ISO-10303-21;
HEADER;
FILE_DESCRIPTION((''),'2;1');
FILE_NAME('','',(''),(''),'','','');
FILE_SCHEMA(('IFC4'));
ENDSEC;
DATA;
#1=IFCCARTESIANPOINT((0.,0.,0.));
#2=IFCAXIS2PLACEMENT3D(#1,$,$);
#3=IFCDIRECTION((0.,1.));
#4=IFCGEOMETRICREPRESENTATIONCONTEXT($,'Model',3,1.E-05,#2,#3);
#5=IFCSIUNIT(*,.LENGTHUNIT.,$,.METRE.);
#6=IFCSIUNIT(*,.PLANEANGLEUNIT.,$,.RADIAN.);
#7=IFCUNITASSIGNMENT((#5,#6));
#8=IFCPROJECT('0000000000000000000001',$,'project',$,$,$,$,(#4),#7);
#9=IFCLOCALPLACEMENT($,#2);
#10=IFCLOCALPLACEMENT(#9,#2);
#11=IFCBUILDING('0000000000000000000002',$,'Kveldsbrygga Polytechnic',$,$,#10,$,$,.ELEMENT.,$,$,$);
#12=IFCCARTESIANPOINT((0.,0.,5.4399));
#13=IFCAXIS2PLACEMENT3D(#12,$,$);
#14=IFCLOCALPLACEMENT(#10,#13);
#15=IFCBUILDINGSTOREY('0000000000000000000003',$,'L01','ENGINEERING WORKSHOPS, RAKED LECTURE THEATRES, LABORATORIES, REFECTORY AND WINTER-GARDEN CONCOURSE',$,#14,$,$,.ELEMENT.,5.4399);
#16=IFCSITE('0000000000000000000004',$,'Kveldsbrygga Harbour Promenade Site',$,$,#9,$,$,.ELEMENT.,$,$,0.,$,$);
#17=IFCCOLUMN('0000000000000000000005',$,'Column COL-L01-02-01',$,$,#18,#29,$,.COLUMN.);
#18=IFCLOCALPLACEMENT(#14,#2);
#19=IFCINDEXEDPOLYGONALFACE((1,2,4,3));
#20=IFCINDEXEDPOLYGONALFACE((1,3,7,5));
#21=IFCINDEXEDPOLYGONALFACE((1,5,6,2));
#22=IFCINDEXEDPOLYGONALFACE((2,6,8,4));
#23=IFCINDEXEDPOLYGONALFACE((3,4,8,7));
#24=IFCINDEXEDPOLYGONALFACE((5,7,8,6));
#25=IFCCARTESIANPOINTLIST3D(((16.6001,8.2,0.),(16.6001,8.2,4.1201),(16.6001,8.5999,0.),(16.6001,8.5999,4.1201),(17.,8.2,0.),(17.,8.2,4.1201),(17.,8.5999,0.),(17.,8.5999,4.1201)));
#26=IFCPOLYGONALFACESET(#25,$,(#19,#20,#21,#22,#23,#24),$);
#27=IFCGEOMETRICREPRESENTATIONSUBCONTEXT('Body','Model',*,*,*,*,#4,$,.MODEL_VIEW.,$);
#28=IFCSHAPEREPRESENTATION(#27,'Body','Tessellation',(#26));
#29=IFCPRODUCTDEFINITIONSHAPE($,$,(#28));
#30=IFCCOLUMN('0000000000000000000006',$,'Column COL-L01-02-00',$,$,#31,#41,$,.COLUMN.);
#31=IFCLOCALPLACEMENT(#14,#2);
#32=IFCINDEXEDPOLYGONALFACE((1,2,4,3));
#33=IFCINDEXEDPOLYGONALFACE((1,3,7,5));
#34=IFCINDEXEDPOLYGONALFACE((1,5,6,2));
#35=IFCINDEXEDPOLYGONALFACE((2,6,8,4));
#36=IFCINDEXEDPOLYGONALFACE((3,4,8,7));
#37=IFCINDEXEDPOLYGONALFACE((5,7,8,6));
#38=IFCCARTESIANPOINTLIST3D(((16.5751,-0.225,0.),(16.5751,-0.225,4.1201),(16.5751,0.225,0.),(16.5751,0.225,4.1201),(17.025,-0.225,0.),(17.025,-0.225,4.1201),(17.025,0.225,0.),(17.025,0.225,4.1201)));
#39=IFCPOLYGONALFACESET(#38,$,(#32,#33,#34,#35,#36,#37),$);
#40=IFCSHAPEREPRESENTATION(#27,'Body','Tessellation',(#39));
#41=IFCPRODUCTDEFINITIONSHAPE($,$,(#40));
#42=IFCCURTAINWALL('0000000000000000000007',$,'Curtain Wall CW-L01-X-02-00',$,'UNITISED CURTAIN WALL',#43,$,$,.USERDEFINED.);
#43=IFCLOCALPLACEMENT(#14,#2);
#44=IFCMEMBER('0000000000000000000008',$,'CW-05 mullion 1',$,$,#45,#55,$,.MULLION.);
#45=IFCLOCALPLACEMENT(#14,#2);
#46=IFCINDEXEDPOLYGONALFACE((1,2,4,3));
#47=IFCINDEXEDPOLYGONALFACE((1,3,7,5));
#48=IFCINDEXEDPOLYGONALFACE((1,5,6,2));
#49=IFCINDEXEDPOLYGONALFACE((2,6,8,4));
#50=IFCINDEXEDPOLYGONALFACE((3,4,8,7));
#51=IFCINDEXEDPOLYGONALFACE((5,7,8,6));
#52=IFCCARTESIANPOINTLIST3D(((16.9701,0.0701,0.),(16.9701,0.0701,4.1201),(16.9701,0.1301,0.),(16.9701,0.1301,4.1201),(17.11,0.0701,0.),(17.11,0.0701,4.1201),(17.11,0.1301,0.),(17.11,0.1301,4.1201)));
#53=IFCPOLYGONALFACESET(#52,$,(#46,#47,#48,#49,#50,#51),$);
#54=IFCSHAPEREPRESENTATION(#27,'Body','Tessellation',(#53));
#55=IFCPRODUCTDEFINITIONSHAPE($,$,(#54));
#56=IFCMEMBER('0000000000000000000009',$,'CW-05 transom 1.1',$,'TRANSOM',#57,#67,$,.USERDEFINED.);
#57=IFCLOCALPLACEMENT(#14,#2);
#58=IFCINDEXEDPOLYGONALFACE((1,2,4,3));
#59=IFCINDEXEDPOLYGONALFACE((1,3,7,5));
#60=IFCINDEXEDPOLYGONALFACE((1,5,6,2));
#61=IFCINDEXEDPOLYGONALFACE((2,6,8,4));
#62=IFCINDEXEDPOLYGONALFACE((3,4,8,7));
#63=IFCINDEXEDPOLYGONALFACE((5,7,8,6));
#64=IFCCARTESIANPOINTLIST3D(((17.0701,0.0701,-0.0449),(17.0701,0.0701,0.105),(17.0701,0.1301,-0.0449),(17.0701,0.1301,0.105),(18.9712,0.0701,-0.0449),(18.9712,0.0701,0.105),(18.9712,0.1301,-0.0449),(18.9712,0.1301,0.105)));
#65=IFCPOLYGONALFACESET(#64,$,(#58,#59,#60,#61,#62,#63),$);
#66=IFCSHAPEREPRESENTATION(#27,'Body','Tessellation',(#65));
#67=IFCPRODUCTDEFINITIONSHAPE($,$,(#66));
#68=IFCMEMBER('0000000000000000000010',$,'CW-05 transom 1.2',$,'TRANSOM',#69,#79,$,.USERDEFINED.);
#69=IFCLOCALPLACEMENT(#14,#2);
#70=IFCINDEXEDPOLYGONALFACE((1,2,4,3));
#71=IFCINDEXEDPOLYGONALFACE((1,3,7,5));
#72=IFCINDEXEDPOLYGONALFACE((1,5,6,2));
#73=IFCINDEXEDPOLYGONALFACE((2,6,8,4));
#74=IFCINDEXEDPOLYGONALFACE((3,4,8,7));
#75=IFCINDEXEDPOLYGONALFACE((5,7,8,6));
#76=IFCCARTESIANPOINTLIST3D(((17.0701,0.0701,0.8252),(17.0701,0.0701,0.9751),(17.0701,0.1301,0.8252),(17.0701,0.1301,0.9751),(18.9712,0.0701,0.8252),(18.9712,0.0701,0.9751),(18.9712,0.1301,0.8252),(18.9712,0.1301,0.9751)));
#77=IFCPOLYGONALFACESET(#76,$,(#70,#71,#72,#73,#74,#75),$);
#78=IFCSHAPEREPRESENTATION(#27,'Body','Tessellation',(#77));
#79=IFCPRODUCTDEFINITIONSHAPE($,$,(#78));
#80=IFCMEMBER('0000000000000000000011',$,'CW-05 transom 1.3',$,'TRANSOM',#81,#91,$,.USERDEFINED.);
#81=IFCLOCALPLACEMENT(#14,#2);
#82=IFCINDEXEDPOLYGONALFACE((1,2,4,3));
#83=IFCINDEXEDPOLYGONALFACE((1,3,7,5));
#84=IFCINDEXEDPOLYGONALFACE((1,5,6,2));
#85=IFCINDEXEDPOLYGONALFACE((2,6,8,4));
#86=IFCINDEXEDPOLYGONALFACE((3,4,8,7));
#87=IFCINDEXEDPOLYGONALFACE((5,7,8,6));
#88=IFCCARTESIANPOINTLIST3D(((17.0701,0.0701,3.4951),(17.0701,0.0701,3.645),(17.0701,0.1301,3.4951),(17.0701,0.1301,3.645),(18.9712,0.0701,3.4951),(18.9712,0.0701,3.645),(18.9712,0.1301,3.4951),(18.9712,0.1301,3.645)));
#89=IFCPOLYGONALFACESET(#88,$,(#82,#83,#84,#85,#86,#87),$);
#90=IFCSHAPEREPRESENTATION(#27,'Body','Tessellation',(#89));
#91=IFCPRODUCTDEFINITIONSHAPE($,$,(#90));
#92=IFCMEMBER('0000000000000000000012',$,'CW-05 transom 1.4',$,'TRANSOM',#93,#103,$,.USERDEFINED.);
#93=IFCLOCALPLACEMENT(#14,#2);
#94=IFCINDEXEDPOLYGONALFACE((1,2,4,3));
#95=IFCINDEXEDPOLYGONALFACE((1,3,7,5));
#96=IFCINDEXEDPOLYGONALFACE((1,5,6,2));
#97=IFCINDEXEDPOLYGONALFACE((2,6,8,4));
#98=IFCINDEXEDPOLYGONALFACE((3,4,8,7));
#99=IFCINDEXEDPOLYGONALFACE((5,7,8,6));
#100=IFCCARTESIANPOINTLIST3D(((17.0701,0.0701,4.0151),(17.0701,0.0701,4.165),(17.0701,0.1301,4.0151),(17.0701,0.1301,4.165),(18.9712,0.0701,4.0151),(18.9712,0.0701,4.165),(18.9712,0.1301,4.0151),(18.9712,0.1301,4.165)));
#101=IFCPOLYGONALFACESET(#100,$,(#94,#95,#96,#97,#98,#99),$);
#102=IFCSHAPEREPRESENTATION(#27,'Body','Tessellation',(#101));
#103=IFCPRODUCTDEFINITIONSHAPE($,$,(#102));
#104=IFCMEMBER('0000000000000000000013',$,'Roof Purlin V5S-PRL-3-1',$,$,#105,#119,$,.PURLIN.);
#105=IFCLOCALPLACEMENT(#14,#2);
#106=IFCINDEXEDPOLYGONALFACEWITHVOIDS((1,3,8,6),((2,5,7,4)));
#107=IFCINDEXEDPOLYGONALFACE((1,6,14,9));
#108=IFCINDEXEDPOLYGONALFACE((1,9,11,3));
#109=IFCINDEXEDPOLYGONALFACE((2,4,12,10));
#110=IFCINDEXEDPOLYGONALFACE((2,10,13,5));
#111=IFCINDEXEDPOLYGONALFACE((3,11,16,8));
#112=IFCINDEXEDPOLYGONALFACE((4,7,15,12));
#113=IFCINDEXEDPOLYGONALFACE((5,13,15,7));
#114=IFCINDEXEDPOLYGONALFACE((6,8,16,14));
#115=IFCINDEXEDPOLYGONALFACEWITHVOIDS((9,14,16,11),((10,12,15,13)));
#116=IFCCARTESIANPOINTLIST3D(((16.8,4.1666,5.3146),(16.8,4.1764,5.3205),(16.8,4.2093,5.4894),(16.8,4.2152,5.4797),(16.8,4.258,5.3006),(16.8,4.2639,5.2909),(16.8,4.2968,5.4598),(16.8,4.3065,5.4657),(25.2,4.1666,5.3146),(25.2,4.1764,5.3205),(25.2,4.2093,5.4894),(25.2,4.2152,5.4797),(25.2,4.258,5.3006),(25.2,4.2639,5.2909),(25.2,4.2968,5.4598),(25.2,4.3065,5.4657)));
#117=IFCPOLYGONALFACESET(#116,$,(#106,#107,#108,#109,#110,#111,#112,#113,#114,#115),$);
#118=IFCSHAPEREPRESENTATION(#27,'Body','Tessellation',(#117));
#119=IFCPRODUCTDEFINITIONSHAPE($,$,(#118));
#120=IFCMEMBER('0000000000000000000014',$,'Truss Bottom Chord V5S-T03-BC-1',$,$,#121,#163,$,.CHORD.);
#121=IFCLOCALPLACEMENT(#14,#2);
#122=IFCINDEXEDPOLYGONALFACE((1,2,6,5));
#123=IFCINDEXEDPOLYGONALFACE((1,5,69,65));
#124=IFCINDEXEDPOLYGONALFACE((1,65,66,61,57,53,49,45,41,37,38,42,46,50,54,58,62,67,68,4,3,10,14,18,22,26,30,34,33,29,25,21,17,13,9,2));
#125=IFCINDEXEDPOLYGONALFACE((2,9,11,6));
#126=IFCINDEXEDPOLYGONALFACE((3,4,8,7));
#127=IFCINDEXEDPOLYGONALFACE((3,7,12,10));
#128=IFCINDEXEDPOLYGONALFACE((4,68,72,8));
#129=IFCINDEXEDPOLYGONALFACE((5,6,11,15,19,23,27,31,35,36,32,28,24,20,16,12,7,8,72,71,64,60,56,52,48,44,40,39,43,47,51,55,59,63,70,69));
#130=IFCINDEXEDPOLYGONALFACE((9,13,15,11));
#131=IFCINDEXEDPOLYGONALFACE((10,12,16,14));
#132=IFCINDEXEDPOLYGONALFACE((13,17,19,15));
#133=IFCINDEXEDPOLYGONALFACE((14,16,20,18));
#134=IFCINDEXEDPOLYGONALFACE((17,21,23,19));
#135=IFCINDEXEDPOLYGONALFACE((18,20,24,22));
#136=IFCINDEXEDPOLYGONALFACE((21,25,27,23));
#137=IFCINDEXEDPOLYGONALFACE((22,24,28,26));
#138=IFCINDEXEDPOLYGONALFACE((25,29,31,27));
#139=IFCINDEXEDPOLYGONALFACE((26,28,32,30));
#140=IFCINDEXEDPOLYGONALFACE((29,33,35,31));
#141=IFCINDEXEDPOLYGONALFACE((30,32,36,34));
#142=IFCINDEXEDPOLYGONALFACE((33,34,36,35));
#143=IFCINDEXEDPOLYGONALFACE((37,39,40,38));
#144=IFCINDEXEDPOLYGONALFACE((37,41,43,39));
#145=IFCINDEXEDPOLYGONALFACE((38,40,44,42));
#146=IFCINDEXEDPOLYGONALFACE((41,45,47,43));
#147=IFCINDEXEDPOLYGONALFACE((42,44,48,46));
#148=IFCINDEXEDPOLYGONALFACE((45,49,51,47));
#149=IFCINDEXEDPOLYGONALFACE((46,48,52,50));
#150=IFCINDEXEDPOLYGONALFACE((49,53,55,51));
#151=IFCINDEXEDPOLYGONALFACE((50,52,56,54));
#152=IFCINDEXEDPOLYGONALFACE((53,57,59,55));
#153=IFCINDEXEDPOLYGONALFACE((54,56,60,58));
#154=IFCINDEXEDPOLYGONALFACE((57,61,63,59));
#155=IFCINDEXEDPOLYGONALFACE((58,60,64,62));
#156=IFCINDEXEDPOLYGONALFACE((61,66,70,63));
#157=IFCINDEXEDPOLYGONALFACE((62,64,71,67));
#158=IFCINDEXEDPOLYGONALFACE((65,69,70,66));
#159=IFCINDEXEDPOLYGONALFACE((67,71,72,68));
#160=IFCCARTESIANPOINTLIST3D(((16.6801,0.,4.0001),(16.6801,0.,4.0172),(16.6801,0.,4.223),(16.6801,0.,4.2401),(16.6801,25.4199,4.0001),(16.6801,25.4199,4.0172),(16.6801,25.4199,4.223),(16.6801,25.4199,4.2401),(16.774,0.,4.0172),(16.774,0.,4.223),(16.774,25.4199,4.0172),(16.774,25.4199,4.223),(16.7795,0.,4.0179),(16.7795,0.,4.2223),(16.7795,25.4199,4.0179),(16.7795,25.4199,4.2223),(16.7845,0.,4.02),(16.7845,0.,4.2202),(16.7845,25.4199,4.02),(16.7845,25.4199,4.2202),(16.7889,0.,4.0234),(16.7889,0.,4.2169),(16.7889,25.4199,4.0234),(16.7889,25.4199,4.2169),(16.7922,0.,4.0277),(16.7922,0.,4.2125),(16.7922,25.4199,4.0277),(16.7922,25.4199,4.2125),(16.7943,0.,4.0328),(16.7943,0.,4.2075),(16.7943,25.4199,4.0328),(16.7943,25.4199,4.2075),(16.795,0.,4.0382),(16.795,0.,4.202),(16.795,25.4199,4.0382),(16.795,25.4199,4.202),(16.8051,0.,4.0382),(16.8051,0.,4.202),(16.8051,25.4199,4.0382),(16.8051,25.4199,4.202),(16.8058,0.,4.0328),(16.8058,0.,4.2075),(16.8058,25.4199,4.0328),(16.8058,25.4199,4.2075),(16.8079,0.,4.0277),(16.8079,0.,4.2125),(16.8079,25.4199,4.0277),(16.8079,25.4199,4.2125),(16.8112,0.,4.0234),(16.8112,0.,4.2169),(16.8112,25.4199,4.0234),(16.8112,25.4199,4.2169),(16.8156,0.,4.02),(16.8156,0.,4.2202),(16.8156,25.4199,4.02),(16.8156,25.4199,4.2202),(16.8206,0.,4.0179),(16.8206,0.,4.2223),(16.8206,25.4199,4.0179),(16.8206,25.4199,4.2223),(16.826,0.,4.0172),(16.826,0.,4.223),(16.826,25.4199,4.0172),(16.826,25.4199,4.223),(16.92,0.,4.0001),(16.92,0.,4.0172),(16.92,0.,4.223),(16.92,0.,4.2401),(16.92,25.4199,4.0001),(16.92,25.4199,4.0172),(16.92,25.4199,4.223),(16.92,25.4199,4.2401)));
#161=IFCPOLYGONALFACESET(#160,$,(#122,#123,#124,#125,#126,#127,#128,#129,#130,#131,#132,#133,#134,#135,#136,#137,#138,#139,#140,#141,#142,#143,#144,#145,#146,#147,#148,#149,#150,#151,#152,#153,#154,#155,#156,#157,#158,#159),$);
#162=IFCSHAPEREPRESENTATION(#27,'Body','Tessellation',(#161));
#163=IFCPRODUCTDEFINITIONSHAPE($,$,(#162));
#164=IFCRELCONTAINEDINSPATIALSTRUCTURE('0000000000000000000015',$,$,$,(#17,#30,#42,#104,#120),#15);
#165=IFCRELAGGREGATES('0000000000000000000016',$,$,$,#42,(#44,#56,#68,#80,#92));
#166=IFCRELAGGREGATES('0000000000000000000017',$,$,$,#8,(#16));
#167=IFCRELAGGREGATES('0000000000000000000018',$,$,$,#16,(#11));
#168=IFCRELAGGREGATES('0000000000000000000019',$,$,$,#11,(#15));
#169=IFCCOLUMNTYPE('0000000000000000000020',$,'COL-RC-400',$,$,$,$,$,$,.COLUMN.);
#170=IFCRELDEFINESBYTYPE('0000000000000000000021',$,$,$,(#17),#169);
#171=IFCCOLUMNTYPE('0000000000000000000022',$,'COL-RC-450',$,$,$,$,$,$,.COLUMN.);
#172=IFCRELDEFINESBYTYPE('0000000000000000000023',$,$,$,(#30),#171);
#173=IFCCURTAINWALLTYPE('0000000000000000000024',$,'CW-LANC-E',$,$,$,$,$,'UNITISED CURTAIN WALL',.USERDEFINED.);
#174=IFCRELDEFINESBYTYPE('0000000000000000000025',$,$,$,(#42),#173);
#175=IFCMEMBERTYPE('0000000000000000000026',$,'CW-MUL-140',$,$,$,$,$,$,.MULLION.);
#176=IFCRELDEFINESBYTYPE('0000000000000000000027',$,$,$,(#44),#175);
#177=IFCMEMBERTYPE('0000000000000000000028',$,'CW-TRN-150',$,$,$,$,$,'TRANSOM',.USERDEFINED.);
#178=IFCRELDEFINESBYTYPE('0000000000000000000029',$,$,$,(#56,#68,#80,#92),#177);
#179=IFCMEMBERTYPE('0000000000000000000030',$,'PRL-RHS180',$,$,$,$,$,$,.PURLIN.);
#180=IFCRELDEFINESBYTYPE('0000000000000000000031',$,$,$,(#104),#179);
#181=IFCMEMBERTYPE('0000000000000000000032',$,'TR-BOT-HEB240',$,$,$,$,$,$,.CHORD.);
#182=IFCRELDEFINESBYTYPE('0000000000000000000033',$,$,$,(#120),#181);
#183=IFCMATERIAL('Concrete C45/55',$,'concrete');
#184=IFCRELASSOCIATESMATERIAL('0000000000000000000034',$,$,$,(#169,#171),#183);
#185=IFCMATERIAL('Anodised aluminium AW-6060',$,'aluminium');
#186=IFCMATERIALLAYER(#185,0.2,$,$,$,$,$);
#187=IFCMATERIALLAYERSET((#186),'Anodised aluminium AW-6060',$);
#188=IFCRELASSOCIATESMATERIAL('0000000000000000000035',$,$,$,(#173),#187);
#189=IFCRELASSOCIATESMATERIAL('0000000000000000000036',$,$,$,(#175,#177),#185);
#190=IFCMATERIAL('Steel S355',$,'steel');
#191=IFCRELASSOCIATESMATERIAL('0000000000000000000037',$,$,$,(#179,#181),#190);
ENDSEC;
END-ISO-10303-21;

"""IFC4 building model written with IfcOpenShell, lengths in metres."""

from ifc_helpers import new_model, si_unit, direction, frame, origin, origin_2d, place, context, subcontext, project, spatial, rectangle, hollow_rectangle, i_section, extrude, material, layer, layer_set, material_profile, profile_set, type_object, element, aggregate, save


model = new_model("IFC4")

# Units and contexts
model_context = context("Model", 3, precision=1e-05, world=origin(), true_north=direction((0.0, 1.0)))
body_context = subcontext(model_context, "Body", "Model", "MODEL_VIEW")
ifc_project = project(units=[si_unit("LENGTHUNIT", "METRE"), si_unit("PLANEANGLEUNIT", "RADIAN")], contexts=[model_context])

# Site, building, storey
site_placement = place(None, origin())
site = spatial("IfcSite", under=ifc_project, at=site_placement, Name="Kveldsbrygga Harbour Promenade Site", CompositionType="ELEMENT", RefElevation=0.0)
building_placement = place(site_placement, origin())
building = spatial("IfcBuilding", under=site, at=building_placement, Name="Kveldsbrygga Polytechnic", CompositionType="ELEMENT")
storey_placement = place(building_placement, frame((0.0, 0.0, 5.4399)))
storey = spatial("IfcBuildingStorey", under=building, at=storey_placement, Name="L01", Description="ENGINEERING WORKSHOPS, RAKED LECTURE THEATRES, LABORATORIES, REFECTORY AND WINTER-GARDEN CONCOURSE", CompositionType="ELEMENT", Elevation=5.4399)

# Columns
ifc_material_1 = material(Name="Concrete C45/55", Category="concrete")
ifc_material_profile_1 = material_profile(ifc_material_1, rectangle(XDim=0.3999, YDim=0.3999, at=origin_2d()), Name="RC 400x400")
ifc_profile_set_1 = profile_set([ifc_material_profile_1], Name="Concrete C45/55")
column_type_1 = type_object("IfcColumnType", Name="COL-RC-400", PredefinedType="COLUMN", material=ifc_profile_set_1)
column_1_placement = place(storey_placement, frame((16.8, 8.3999, 0.0), z_axis=(0.0, 0.0, 1.0), x_axis=(1.0, 0.0, 0.0)))
element("IfcColumn", 1, at=column_1_placement, inside=storey, type_object=column_type_1, Name="Column COL-L01-02-01", PredefinedType="COLUMN", context=body_context, shape_type="SweptSolid", body=[
    extrude(rectangle(XDim=0.3999, YDim=0.3999, at=origin_2d()), origin(), (0.0, 0.0, 1.0), 4.1201),
])
ifc_material_profile_2 = material_profile(ifc_material_1, rectangle(XDim=0.45, YDim=0.45, at=origin_2d()), Name="RC 450x450")
ifc_profile_set_2 = profile_set([ifc_material_profile_2], Name="Concrete C45/55")
column_type_2 = type_object("IfcColumnType", Name="COL-RC-450", PredefinedType="COLUMN", material=ifc_profile_set_2)
column_2_placement = place(storey_placement, frame((16.8, 0.0, 0.0), z_axis=(0.0, 0.0, 1.0), x_axis=(1.0, 0.0, 0.0)))
element("IfcColumn", 2, at=column_2_placement, inside=storey, type_object=column_type_2, Name="Column COL-L01-02-00", PredefinedType="COLUMN", context=body_context, shape_type="SweptSolid", body=[
    extrude(rectangle(XDim=0.45, YDim=0.45, at=origin_2d()), origin(), (0.0, 0.0, 1.0), 4.1201),
])

# Curtain wall, members
ifc_material_2 = material(Name="Anodised aluminium AW-6060", Category="aluminium")
ifc_layer_1 = layer(ifc_material_2, 0.2)
ifc_layer_set_1 = layer_set([ifc_layer_1], Name="Anodised aluminium AW-6060")
curtain_wall_type = type_object("IfcCurtainWallType", Name="CW-LANC-E", ElementType="UNITISED CURTAIN WALL", PredefinedType="USERDEFINED", material=ifc_layer_set_1)
curtain_wall_placement = place(storey_placement, origin())
curtain_wall = element("IfcCurtainWall", 3, at=curtain_wall_placement, inside=storey, type_object=curtain_wall_type, Name="Curtain Wall CW-L01-X-02-00", ObjectType="UNITISED CURTAIN WALL", PredefinedType="USERDEFINED")
ifc_material_profile_3 = material_profile(ifc_material_2, rectangle(XDim=0.0601, YDim=0.1399, at=origin_2d()), Name="ALU 60x140")
ifc_profile_set_3 = profile_set([ifc_material_profile_3], Name="Anodised aluminium AW-6060")
member_type_1 = type_object("IfcMemberType", Name="CW-MUL-140", PredefinedType="MULLION", material=ifc_profile_set_3)
member_1_placement = place(storey_placement, frame((17.04, 0.1001, 0.0), z_axis=(0.0, 0.0, 1.0), x_axis=(0.0, 1.0, 0.0)))
member_1 = element("IfcMember", 4, at=member_1_placement, type_object=member_type_1, Name="CW-05 mullion 1", PredefinedType="MULLION", context=body_context, shape_type="SweptSolid", body=[
    extrude(rectangle(XDim=0.0601, YDim=0.1399, at=origin_2d()), origin(), (0.0, 0.0, 1.0), 4.1201),
])
ifc_material_profile_4 = material_profile(ifc_material_2, rectangle(XDim=0.0601, YDim=0.1499, at=origin_2d()), Name="ALU 60x150")
ifc_profile_set_4 = profile_set([ifc_material_profile_4], Name="Anodised aluminium AW-6060")
member_type_2 = type_object("IfcMemberType", Name="CW-TRN-150", ElementType="TRANSOM", PredefinedType="USERDEFINED", material=ifc_profile_set_4)
member_2_placement = place(storey_placement, frame((17.0701, 0.1001, 0.03), z_axis=(1.0, 0.0, 0.0), x_axis=(0.0, 1.0, 0.0)))
member_2 = element("IfcMember", 5, at=member_2_placement, type_object=member_type_2, Name="CW-05 transom 1.1", ObjectType="TRANSOM", PredefinedType="USERDEFINED", context=body_context, shape_type="SweptSolid", body=[
    extrude(rectangle(XDim=0.0601, YDim=0.1499, at=origin_2d()), origin(), (0.0, 0.0, 1.0), 1.9011),
])
member_3_placement = place(storey_placement, frame((17.0701, 0.1001, 0.9001), z_axis=(1.0, 0.0, 0.0), x_axis=(0.0, 1.0, 0.0)))
member_3 = element("IfcMember", 6, at=member_3_placement, type_object=member_type_2, Name="CW-05 transom 1.2", ObjectType="TRANSOM", PredefinedType="USERDEFINED", context=body_context, shape_type="SweptSolid", body=[
    extrude(rectangle(XDim=0.0601, YDim=0.1499, at=origin_2d()), origin(), (0.0, 0.0, 1.0), 1.9011),
])
member_4_placement = place(storey_placement, frame((17.0701, 0.1001, 3.5701), z_axis=(1.0, 0.0, 0.0), x_axis=(0.0, 1.0, 0.0)))
member_4 = element("IfcMember", 7, at=member_4_placement, type_object=member_type_2, Name="CW-05 transom 1.3", ObjectType="TRANSOM", PredefinedType="USERDEFINED", context=body_context, shape_type="SweptSolid", body=[
    extrude(rectangle(XDim=0.0601, YDim=0.1499, at=origin_2d()), origin(), (0.0, 0.0, 1.0), 1.9011),
])
member_5_placement = place(storey_placement, frame((17.0701, 0.1001, 4.0901), z_axis=(1.0, 0.0, 0.0), x_axis=(0.0, 1.0, 0.0)))
member_5 = element("IfcMember", 8, at=member_5_placement, type_object=member_type_2, Name="CW-05 transom 1.4", ObjectType="TRANSOM", PredefinedType="USERDEFINED", context=body_context, shape_type="SweptSolid", body=[
    extrude(rectangle(XDim=0.0601, YDim=0.1499, at=origin_2d()), origin(), (0.0, 0.0, 1.0), 1.9011),
])

# Members
ifc_material_3 = material(Name="Steel S355", Category="steel")
ifc_material_profile_5 = material_profile(ifc_material_3, hollow_rectangle(XDim=0.1001, YDim=0.1799, WallThickness=0.0081, at=origin_2d()), Name="RHS 180x100x8.0")
ifc_profile_set_5 = profile_set([ifc_material_profile_5], Name="Steel S355")
member_type_3 = type_object("IfcMemberType", Name="PRL-RHS180", PredefinedType="PURLIN", material=ifc_profile_set_5)
member_6_placement = place(storey_placement, frame((16.8, 4.2366, 5.3901), z_axis=(1.0, 0.0, 0.0), x_axis=(0.0, 0.97152, -0.236957)))
element("IfcMember", 9, at=member_6_placement, inside=storey, type_object=member_type_3, Name="Roof Purlin V5S-PRL-3-1", PredefinedType="PURLIN", context=body_context, shape_type="SweptSolid", body=[
    extrude(hollow_rectangle(XDim=0.1001, YDim=0.1799, WallThickness=0.0081, at=origin_2d()), origin(), (0.0, 0.0, 1.0), 8.3999),
])
ifc_material_profile_6 = material_profile(ifc_material_3, i_section(OverallWidth=0.24, OverallDepth=0.24, WebThickness=0.01, FlangeThickness=0.0171, FilletRadius=0.021, at=origin_2d()), Name="HEB 240")
ifc_profile_set_6 = profile_set([ifc_material_profile_6], Name="Steel S355")
member_type_4 = type_object("IfcMemberType", Name="TR-BOT-HEB240", PredefinedType="CHORD", material=ifc_profile_set_6)
member_7_placement = place(storey_placement, frame((16.8, 0.0, 4.1201), z_axis=(0.0, 1.0, 0.0), x_axis=(-1.0, 0.0, 0.0)))
element("IfcMember", 10, at=member_7_placement, inside=storey, type_object=member_type_4, Name="Truss Bottom Chord V5S-T03-BC-1", PredefinedType="CHORD", context=body_context, shape_type="SweptSolid", body=[
    extrude(i_section(OverallWidth=0.24, OverallDepth=0.24, WebThickness=0.01, FlangeThickness=0.0171, FilletRadius=0.021, at=origin_2d()), origin(), (0.0, 0.0, 1.0), 25.4199),
])

aggregate(curtain_wall, [member_1, member_2, member_3, member_4, member_5])

save(model, "model.ifc")
